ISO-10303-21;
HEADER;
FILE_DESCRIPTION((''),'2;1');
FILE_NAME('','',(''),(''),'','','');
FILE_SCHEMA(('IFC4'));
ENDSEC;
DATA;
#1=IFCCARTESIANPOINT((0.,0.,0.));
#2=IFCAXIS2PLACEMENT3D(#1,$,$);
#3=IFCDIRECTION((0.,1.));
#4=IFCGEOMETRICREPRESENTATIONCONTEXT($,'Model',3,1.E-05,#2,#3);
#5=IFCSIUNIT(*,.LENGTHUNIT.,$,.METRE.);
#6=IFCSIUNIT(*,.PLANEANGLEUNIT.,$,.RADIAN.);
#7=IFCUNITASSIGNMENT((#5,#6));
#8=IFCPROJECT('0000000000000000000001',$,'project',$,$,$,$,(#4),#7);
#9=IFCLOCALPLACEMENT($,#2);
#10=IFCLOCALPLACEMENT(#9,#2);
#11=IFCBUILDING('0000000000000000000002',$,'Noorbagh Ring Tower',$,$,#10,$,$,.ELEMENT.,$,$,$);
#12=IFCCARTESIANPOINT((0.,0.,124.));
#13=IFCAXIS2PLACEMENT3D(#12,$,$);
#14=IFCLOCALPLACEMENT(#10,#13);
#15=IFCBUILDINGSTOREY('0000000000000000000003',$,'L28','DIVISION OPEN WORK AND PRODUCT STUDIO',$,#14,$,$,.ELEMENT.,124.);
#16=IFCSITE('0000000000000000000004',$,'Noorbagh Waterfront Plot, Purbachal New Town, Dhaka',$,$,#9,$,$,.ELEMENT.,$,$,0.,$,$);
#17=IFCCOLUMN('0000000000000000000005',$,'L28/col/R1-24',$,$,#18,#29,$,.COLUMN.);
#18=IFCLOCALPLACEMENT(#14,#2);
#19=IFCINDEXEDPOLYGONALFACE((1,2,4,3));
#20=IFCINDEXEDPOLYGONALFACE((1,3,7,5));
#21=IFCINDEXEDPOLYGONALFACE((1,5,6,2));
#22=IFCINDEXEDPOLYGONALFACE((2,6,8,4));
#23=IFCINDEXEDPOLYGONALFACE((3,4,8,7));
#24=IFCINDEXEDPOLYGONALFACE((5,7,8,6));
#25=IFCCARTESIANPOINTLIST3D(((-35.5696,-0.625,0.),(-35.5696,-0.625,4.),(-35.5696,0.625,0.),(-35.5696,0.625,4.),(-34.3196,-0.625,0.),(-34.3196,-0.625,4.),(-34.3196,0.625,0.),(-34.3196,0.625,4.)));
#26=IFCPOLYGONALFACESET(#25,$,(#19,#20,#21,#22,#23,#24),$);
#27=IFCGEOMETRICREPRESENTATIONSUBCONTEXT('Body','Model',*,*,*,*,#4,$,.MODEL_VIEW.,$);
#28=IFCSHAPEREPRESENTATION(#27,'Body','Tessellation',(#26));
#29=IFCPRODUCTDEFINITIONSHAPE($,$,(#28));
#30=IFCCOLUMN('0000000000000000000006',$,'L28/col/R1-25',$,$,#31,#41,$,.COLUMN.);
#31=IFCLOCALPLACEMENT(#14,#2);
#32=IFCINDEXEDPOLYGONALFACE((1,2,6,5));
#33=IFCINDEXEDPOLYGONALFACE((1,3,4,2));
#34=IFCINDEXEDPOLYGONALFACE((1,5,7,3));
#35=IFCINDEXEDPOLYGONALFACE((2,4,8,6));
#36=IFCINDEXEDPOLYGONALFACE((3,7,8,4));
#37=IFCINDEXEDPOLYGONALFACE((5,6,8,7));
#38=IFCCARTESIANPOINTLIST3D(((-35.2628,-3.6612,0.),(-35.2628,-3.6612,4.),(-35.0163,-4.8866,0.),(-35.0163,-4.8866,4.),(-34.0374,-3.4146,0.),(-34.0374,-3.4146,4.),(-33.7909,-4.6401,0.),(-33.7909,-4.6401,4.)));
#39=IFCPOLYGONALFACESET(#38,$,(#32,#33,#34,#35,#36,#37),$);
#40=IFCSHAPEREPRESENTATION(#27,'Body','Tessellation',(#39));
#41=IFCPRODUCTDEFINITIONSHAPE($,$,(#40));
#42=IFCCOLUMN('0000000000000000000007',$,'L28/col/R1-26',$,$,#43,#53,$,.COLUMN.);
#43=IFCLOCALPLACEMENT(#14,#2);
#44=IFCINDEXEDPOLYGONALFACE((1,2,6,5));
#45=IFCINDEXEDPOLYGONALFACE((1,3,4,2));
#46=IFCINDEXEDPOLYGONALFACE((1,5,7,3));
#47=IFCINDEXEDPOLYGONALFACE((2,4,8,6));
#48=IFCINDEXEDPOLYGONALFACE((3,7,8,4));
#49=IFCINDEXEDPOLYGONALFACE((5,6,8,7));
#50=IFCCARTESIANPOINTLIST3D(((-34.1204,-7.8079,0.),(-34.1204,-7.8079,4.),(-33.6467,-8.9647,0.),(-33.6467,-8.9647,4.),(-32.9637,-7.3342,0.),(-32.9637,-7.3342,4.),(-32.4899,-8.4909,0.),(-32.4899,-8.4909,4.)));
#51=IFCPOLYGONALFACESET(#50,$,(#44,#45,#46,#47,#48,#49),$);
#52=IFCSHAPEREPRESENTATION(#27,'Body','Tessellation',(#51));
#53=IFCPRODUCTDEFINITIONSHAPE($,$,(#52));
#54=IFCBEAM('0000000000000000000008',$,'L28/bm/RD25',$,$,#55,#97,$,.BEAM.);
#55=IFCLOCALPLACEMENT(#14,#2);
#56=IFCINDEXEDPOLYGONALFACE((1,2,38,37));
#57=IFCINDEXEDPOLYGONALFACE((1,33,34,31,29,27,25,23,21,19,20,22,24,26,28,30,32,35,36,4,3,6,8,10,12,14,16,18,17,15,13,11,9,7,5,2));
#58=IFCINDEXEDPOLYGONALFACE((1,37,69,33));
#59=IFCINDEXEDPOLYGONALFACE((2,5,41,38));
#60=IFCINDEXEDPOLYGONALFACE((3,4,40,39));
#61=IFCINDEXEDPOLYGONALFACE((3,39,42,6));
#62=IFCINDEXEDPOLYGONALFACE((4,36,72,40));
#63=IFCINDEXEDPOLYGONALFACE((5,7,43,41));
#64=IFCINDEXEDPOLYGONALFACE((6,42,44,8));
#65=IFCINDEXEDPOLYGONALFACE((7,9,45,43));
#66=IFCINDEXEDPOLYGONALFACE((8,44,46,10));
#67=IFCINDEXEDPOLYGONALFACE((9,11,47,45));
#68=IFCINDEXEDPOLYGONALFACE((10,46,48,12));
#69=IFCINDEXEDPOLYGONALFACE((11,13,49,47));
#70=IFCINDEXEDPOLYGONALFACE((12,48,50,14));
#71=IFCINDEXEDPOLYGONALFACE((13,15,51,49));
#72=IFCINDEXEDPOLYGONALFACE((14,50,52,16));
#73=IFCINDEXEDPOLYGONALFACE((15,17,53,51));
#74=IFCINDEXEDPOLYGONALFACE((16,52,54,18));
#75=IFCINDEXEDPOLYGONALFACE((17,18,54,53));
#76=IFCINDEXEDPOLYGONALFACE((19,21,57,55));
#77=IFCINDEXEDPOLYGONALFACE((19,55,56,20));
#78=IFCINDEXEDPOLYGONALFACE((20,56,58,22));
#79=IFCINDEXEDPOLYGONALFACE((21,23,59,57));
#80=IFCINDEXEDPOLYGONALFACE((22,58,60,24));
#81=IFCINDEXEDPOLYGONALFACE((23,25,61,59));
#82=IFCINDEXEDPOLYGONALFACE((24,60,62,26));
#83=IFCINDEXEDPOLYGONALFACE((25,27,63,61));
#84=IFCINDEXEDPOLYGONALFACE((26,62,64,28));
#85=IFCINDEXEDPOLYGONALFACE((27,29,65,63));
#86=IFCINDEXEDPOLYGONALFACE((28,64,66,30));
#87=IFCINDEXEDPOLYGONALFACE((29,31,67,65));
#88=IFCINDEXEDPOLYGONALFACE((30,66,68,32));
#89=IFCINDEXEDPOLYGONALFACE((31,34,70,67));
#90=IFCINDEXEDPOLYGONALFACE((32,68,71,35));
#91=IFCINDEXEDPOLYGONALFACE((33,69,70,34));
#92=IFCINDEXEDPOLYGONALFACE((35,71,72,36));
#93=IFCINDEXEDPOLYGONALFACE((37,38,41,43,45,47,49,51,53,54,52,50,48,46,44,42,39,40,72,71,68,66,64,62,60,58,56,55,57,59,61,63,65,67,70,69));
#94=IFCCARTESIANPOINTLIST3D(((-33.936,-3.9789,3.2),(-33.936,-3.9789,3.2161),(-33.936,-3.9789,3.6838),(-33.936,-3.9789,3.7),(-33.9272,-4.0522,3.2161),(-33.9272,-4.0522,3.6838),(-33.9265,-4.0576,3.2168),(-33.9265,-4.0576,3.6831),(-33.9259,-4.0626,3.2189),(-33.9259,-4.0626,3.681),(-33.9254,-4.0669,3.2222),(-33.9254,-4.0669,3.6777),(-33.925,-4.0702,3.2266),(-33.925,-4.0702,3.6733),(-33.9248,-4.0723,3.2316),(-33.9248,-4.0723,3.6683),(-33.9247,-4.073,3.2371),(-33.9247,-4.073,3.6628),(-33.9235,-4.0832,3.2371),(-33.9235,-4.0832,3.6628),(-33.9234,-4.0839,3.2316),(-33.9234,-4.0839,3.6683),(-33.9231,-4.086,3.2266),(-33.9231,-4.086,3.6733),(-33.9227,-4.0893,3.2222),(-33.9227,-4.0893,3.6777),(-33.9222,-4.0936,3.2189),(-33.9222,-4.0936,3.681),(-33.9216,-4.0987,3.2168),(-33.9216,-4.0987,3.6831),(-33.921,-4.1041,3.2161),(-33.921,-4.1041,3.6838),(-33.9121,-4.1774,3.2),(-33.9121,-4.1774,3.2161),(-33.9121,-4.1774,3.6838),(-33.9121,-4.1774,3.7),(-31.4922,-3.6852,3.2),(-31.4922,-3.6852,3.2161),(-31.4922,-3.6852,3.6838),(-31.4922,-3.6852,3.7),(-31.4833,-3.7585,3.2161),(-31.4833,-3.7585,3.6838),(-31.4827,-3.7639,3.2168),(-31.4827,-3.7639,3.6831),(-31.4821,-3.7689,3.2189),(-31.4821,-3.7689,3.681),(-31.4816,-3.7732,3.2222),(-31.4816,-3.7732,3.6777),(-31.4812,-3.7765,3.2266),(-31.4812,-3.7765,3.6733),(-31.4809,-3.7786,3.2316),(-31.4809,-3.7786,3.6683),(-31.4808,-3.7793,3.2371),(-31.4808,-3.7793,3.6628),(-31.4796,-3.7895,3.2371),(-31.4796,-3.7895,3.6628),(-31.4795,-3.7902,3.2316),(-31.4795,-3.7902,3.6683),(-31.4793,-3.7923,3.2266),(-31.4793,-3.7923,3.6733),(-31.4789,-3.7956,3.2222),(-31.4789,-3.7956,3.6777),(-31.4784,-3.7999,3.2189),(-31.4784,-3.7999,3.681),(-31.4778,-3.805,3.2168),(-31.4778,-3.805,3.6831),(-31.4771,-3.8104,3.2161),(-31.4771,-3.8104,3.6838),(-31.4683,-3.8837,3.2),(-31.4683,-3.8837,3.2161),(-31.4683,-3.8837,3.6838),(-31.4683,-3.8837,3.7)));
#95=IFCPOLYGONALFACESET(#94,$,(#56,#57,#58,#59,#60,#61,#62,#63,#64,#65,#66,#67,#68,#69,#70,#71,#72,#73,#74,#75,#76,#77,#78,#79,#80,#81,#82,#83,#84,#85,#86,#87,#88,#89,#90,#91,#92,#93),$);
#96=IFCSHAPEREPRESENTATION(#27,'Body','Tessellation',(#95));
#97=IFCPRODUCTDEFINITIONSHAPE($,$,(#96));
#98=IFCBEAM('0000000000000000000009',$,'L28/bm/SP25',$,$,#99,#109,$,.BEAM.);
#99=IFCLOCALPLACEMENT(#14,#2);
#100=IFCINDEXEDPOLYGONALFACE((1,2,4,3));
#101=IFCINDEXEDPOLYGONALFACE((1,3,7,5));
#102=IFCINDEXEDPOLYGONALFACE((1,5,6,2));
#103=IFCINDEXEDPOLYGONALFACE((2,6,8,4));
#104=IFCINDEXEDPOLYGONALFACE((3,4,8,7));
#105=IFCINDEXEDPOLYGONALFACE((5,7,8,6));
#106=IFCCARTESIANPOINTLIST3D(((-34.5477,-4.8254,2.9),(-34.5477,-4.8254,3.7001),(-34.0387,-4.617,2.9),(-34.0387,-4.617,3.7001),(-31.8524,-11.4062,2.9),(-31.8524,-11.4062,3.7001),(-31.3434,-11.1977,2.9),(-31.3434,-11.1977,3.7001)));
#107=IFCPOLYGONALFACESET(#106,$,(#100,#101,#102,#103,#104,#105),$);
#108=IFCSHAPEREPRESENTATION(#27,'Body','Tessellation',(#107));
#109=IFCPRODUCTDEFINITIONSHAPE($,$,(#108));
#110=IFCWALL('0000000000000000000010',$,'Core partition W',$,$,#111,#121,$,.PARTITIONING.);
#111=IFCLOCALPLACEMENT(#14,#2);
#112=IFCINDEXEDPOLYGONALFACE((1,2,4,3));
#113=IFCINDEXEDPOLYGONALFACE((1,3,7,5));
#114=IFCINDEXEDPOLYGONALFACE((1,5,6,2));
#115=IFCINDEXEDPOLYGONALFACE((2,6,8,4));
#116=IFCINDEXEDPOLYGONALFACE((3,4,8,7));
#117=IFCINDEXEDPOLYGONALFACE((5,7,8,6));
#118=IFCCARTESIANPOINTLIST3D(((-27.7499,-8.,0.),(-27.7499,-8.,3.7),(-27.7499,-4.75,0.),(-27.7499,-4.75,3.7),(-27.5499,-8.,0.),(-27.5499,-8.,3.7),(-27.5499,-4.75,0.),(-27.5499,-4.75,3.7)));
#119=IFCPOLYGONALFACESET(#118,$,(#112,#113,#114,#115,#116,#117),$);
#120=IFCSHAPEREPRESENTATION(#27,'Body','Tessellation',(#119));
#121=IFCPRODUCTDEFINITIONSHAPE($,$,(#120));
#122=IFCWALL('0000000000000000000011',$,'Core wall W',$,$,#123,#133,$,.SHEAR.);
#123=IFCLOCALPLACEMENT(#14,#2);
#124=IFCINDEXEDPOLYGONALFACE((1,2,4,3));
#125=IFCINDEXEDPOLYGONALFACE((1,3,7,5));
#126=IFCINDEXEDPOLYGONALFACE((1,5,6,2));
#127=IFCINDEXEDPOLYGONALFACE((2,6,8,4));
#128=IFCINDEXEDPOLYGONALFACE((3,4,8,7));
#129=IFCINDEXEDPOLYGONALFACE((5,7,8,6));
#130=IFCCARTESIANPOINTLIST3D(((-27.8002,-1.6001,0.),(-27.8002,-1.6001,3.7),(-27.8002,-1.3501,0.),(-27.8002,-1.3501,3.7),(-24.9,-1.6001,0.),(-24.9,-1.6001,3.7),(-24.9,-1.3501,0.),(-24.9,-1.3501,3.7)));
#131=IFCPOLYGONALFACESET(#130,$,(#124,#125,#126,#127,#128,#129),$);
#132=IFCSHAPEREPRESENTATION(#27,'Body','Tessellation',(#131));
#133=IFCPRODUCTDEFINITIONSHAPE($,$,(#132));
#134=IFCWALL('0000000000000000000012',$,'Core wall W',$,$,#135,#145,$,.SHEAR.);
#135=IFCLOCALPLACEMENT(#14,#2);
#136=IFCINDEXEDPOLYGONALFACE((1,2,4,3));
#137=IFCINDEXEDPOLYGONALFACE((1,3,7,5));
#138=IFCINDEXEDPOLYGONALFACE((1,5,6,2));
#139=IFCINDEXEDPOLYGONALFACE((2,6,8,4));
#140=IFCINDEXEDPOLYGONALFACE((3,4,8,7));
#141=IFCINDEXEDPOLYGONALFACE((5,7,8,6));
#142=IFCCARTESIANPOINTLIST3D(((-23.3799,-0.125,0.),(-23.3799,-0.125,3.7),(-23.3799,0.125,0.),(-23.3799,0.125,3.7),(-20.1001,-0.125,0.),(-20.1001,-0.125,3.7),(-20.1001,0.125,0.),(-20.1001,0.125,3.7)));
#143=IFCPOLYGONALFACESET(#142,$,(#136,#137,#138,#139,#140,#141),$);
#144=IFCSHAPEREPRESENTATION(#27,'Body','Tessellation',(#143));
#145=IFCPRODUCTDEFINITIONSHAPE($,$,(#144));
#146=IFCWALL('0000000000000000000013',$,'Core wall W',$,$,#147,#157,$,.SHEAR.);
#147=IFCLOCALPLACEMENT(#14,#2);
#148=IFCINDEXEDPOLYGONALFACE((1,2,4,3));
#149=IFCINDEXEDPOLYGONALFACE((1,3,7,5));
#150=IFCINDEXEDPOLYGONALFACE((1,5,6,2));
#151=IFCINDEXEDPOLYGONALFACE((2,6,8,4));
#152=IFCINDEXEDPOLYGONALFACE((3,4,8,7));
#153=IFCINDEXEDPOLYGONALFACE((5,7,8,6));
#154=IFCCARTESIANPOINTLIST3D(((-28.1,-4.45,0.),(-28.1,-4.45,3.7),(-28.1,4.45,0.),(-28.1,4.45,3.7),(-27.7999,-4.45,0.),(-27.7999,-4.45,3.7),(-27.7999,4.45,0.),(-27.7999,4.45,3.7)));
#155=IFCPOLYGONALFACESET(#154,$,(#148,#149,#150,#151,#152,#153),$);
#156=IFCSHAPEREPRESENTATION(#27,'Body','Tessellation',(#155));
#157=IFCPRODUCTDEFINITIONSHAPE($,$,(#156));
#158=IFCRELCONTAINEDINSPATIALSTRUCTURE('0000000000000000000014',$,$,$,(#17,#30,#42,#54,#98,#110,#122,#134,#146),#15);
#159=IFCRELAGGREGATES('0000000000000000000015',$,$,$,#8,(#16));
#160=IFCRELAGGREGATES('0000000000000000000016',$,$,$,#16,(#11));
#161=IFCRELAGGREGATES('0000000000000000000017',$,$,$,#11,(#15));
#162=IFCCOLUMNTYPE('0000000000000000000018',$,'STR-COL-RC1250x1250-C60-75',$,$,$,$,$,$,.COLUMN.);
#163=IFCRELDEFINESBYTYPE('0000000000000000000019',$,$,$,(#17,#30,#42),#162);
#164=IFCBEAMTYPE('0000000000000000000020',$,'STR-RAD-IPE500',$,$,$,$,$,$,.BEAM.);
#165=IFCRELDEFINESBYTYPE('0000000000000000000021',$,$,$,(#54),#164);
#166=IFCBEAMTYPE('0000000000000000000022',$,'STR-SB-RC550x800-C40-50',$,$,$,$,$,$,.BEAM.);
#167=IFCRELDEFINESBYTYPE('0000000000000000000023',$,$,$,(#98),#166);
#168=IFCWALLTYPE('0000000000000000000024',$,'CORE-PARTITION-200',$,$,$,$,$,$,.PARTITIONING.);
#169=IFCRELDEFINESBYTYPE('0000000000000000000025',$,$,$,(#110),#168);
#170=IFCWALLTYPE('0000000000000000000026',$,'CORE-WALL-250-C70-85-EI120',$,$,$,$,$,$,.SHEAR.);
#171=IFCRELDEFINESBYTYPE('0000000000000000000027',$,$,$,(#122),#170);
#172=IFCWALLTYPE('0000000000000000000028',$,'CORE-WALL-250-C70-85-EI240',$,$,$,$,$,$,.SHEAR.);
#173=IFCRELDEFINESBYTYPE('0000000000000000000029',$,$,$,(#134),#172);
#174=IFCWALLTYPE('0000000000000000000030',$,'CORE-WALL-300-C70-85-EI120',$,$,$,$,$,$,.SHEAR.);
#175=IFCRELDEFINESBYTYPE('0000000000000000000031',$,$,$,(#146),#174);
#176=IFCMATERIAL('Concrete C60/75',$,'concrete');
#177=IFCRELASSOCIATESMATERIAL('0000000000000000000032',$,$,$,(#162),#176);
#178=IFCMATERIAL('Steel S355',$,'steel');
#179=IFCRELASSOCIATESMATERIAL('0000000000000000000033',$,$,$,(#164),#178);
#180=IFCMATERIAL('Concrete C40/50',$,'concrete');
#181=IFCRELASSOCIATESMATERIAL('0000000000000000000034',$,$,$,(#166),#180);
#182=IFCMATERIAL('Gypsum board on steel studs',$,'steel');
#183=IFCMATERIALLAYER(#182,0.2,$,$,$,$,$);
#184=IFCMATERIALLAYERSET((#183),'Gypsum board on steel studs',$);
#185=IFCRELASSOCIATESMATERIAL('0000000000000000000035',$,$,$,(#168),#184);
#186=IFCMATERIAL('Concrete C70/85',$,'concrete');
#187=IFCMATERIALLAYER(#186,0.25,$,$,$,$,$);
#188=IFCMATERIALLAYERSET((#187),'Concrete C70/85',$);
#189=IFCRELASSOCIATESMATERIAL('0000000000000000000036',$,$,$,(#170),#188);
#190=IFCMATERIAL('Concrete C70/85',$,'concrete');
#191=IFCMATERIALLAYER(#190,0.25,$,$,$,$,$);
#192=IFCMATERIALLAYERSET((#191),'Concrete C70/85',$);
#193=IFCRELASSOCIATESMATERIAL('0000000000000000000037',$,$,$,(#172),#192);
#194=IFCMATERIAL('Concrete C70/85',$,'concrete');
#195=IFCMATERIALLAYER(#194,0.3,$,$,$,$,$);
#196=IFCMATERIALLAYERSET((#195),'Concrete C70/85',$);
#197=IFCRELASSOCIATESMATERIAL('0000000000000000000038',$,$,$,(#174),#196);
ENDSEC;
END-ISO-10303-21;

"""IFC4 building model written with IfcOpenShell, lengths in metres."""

from ifc_helpers import new_model, si_unit, direction, frame, frame_2d, origin, origin_2d, place, context, subcontext, project, spatial, rectangle, i_section, extrude, material, layer, layer_set, material_profile, profile_set, type_object, element, save


model = new_model("IFC4")

# Units and contexts
model_context = context("Model", 3, precision=1e-05, world=origin(), true_north=direction((0.0, 1.0)))
body_context = subcontext(model_context, "Body", "Model", "MODEL_VIEW")
ifc_project = project(units=[si_unit("LENGTHUNIT", "METRE"), si_unit("PLANEANGLEUNIT", "RADIAN")], contexts=[model_context])

# Site, building, storey
site_placement = place(None, origin())
site = spatial("IfcSite", under=ifc_project, at=site_placement, Name="Noorbagh Waterfront Plot, Purbachal New Town, Dhaka", CompositionType="ELEMENT", RefElevation=0.0)
building_placement = place(site_placement, origin())
building = spatial("IfcBuilding", under=site, at=building_placement, Name="Noorbagh Ring Tower", CompositionType="ELEMENT")
storey_placement = place(building_placement, frame((0.0, 0.0, 124.0)))
storey = spatial("IfcBuildingStorey", under=building, at=storey_placement, Name="L28", Description="DIVISION OPEN WORK AND PRODUCT STUDIO", CompositionType="ELEMENT", Elevation=124.0)

# Columns
ifc_material_1 = material(Name="Concrete C60/75", Category="concrete")
ifc_material_profile_1 = material_profile(ifc_material_1, rectangle(XDim=1.25, YDim=1.25, at=origin_2d()), Name="RC1250x1250")
ifc_profile_set_1 = profile_set([ifc_material_profile_1], Name="Concrete C60/75")
column_type = type_object("IfcColumnType", Name="STR-COL-RC1250x1250-C60-75", PredefinedType="COLUMN", material=ifc_profile_set_1)
for number, where, z_axis, x_axis, name in (
    (1, (-34.9446, 0.0, 0.0), (0.0, 0.0, 1.0), (0.0, -1.0, 0.0), "L28/col/R1-24"),
    (2, (-34.5269, -4.1506, 0.0), (0.0, 0.0, 1.0), (0.19723, -0.980357, 0.0), "L28/col/R1-25"),
    (3, (-33.3052, -8.1494, 0.0), (0.0, 0.0, 1.0), (0.378989, -0.925401, 0.0), "L28/col/R1-26"),
):
    element("IfcColumn", number, at=place(storey_placement, frame(where, z_axis=z_axis, x_axis=x_axis)), inside=storey, type_object=column_type, Name=name, PredefinedType="COLUMN", context=body_context, shape_type="SweptSolid", body=[
        extrude(rectangle(XDim=1.25, YDim=1.25, at=origin_2d()), origin(), (0.0, 0.0, 1.0), 4.0),
    ])

# Beams
ifc_material_2 = material(Name="Steel S355", Category="steel")
ifc_material_profile_2 = material_profile(ifc_material_2, i_section(OverallWidth=0.2, OverallDepth=0.5, WebThickness=0.0103, FlangeThickness=0.0161, FilletRadius=0.021, at=origin_2d()), Name="IPE500")
ifc_profile_set_2 = profile_set([ifc_material_profile_2], Name="Steel S355")
beam_type_1 = type_object("IfcBeamType", Name="STR-RAD-IPE500", PredefinedType="BEAM", material=ifc_profile_set_2)
beam_1_placement = place(storey_placement, frame((-33.9241, -4.0781, 3.45), z_axis=(0.992856, 0.119321, 0.0), x_axis=(-0.119321, 0.992856, 0.0)))
element("IfcBeam", 4, at=beam_1_placement, inside=storey, type_object=beam_type_1, Name="L28/bm/RD25", PredefinedType="BEAM", context=body_context, shape_type="SweptSolid", body=[
    extrude(i_section(OverallWidth=0.2, OverallDepth=0.5, WebThickness=0.0103, FlangeThickness=0.0161, FilletRadius=0.021, at=origin_2d()), origin(), (0.0, 0.0, 1.0), 2.4614),
])
ifc_material_3 = material(Name="Concrete C40/50", Category="concrete")
ifc_material_profile_3 = material_profile(ifc_material_3, rectangle(XDim=0.55, YDim=0.8, at=origin_2d()), Name="RC550x800")
ifc_profile_set_3 = profile_set([ifc_material_profile_3], Name="Concrete C40/50")
beam_type_2 = type_object("IfcBeamType", Name="STR-SB-RC550x800-C40-50", PredefinedType="BEAM", material=ifc_profile_set_3)
beam_2_placement = place(storey_placement, frame((-34.2932, -4.7212, 3.3), z_axis=(0.379014, -0.925391, 0.0), x_axis=(0.925391, 0.379014, 0.0)))
element("IfcBeam", 5, at=beam_2_placement, inside=storey, type_object=beam_type_2, Name="L28/bm/SP25", PredefinedType="BEAM", context=body_context, shape_type="SweptSolid", body=[
    extrude(rectangle(XDim=0.55, YDim=0.8, at=origin_2d()), origin(), (0.0, 0.0, 1.0), 7.1113),
])

# Walls
ifc_material_4 = material(Name="Gypsum board on steel studs", Category="steel")
ifc_layer_1 = layer(ifc_material_4, 0.2)
ifc_layer_set_1 = layer_set([ifc_layer_1], Name="Gypsum board on steel studs")
wall_type_1 = type_object("IfcWallType", Name="CORE-PARTITION-200", PredefinedType="PARTITIONING", material=ifc_layer_set_1)
wall_1_placement = place(storey_placement, frame((-27.6499, -8.0, 0.0), z_axis=(0.0, 0.0, 1.0), x_axis=(0.0, 1.0, 0.0)))
element("IfcWall", 6, at=wall_1_placement, inside=storey, type_object=wall_type_1, Name="Core partition W", PredefinedType="PARTITIONING", context=body_context, shape_type="SweptSolid", body=[
    extrude(rectangle(XDim=3.25, YDim=0.2, at=frame_2d((1.625, 0.0))), origin(), (0.0, 0.0, 1.0), 3.7),
])
ifc_material_5 = material(Name="Concrete C70/85", Category="concrete")
ifc_layer_2 = layer(ifc_material_5, 0.25)
ifc_layer_set_2 = layer_set([ifc_layer_2], Name="Concrete C70/85")
wall_type_2 = type_object("IfcWallType", Name="CORE-WALL-250-C70-85-EI120", PredefinedType="SHEAR", material=ifc_layer_set_2)
wall_2_placement = place(storey_placement, frame((-24.8999, -1.4751, 0.0), z_axis=(0.0, 0.0, 1.0), x_axis=(-1.0, 0.0, 0.0)))
element("IfcWall", 7, at=wall_2_placement, inside=storey, type_object=wall_type_2, Name="Core wall W", PredefinedType="SHEAR", context=body_context, shape_type="SweptSolid", body=[
    extrude(rectangle(XDim=2.9001, YDim=0.25, at=frame_2d((1.4502, 0.0))), origin(), (0.0, 0.0, 1.0), 3.7),
])
ifc_material_6 = material(Name="Concrete C70/85", Category="concrete")
ifc_layer_3 = layer(ifc_material_6, 0.25)
ifc_layer_set_3 = layer_set([ifc_layer_3], Name="Concrete C70/85")
wall_type_3 = type_object("IfcWallType", Name="CORE-WALL-250-C70-85-EI240", PredefinedType="SHEAR", material=ifc_layer_set_3)
wall_3_placement = place(storey_placement, frame((-20.1001, 0.0, 0.0), z_axis=(0.0, 0.0, 1.0), x_axis=(-1.0, 0.0, 0.0)))
element("IfcWall", 8, at=wall_3_placement, inside=storey, type_object=wall_type_3, Name="Core wall W", PredefinedType="SHEAR", context=body_context, shape_type="SweptSolid", body=[
    extrude(rectangle(XDim=3.2798, YDim=0.25, at=frame_2d((1.6399, 0.0))), origin(), (0.0, 0.0, 1.0), 3.7),
])
ifc_material_7 = material(Name="Concrete C70/85", Category="concrete")
ifc_layer_4 = layer(ifc_material_7, 0.3)
ifc_layer_set_4 = layer_set([ifc_layer_4], Name="Concrete C70/85")
wall_type_4 = type_object("IfcWallType", Name="CORE-WALL-300-C70-85-EI120", PredefinedType="SHEAR", material=ifc_layer_set_4)
wall_4_placement = place(storey_placement, frame((-27.95, -4.45, 0.0), z_axis=(0.0, 0.0, 1.0), x_axis=(0.0, 1.0, 0.0)))
element("IfcWall", 9, at=wall_4_placement, inside=storey, type_object=wall_type_4, Name="Core wall W", PredefinedType="SHEAR", context=body_context, shape_type="SweptSolid", body=[
    extrude(rectangle(XDim=8.8999, YDim=0.3, at=frame_2d((4.45, 0.0))), origin(), (0.0, 0.0, 1.0), 3.7),
])

save(model, "model.ifc")
